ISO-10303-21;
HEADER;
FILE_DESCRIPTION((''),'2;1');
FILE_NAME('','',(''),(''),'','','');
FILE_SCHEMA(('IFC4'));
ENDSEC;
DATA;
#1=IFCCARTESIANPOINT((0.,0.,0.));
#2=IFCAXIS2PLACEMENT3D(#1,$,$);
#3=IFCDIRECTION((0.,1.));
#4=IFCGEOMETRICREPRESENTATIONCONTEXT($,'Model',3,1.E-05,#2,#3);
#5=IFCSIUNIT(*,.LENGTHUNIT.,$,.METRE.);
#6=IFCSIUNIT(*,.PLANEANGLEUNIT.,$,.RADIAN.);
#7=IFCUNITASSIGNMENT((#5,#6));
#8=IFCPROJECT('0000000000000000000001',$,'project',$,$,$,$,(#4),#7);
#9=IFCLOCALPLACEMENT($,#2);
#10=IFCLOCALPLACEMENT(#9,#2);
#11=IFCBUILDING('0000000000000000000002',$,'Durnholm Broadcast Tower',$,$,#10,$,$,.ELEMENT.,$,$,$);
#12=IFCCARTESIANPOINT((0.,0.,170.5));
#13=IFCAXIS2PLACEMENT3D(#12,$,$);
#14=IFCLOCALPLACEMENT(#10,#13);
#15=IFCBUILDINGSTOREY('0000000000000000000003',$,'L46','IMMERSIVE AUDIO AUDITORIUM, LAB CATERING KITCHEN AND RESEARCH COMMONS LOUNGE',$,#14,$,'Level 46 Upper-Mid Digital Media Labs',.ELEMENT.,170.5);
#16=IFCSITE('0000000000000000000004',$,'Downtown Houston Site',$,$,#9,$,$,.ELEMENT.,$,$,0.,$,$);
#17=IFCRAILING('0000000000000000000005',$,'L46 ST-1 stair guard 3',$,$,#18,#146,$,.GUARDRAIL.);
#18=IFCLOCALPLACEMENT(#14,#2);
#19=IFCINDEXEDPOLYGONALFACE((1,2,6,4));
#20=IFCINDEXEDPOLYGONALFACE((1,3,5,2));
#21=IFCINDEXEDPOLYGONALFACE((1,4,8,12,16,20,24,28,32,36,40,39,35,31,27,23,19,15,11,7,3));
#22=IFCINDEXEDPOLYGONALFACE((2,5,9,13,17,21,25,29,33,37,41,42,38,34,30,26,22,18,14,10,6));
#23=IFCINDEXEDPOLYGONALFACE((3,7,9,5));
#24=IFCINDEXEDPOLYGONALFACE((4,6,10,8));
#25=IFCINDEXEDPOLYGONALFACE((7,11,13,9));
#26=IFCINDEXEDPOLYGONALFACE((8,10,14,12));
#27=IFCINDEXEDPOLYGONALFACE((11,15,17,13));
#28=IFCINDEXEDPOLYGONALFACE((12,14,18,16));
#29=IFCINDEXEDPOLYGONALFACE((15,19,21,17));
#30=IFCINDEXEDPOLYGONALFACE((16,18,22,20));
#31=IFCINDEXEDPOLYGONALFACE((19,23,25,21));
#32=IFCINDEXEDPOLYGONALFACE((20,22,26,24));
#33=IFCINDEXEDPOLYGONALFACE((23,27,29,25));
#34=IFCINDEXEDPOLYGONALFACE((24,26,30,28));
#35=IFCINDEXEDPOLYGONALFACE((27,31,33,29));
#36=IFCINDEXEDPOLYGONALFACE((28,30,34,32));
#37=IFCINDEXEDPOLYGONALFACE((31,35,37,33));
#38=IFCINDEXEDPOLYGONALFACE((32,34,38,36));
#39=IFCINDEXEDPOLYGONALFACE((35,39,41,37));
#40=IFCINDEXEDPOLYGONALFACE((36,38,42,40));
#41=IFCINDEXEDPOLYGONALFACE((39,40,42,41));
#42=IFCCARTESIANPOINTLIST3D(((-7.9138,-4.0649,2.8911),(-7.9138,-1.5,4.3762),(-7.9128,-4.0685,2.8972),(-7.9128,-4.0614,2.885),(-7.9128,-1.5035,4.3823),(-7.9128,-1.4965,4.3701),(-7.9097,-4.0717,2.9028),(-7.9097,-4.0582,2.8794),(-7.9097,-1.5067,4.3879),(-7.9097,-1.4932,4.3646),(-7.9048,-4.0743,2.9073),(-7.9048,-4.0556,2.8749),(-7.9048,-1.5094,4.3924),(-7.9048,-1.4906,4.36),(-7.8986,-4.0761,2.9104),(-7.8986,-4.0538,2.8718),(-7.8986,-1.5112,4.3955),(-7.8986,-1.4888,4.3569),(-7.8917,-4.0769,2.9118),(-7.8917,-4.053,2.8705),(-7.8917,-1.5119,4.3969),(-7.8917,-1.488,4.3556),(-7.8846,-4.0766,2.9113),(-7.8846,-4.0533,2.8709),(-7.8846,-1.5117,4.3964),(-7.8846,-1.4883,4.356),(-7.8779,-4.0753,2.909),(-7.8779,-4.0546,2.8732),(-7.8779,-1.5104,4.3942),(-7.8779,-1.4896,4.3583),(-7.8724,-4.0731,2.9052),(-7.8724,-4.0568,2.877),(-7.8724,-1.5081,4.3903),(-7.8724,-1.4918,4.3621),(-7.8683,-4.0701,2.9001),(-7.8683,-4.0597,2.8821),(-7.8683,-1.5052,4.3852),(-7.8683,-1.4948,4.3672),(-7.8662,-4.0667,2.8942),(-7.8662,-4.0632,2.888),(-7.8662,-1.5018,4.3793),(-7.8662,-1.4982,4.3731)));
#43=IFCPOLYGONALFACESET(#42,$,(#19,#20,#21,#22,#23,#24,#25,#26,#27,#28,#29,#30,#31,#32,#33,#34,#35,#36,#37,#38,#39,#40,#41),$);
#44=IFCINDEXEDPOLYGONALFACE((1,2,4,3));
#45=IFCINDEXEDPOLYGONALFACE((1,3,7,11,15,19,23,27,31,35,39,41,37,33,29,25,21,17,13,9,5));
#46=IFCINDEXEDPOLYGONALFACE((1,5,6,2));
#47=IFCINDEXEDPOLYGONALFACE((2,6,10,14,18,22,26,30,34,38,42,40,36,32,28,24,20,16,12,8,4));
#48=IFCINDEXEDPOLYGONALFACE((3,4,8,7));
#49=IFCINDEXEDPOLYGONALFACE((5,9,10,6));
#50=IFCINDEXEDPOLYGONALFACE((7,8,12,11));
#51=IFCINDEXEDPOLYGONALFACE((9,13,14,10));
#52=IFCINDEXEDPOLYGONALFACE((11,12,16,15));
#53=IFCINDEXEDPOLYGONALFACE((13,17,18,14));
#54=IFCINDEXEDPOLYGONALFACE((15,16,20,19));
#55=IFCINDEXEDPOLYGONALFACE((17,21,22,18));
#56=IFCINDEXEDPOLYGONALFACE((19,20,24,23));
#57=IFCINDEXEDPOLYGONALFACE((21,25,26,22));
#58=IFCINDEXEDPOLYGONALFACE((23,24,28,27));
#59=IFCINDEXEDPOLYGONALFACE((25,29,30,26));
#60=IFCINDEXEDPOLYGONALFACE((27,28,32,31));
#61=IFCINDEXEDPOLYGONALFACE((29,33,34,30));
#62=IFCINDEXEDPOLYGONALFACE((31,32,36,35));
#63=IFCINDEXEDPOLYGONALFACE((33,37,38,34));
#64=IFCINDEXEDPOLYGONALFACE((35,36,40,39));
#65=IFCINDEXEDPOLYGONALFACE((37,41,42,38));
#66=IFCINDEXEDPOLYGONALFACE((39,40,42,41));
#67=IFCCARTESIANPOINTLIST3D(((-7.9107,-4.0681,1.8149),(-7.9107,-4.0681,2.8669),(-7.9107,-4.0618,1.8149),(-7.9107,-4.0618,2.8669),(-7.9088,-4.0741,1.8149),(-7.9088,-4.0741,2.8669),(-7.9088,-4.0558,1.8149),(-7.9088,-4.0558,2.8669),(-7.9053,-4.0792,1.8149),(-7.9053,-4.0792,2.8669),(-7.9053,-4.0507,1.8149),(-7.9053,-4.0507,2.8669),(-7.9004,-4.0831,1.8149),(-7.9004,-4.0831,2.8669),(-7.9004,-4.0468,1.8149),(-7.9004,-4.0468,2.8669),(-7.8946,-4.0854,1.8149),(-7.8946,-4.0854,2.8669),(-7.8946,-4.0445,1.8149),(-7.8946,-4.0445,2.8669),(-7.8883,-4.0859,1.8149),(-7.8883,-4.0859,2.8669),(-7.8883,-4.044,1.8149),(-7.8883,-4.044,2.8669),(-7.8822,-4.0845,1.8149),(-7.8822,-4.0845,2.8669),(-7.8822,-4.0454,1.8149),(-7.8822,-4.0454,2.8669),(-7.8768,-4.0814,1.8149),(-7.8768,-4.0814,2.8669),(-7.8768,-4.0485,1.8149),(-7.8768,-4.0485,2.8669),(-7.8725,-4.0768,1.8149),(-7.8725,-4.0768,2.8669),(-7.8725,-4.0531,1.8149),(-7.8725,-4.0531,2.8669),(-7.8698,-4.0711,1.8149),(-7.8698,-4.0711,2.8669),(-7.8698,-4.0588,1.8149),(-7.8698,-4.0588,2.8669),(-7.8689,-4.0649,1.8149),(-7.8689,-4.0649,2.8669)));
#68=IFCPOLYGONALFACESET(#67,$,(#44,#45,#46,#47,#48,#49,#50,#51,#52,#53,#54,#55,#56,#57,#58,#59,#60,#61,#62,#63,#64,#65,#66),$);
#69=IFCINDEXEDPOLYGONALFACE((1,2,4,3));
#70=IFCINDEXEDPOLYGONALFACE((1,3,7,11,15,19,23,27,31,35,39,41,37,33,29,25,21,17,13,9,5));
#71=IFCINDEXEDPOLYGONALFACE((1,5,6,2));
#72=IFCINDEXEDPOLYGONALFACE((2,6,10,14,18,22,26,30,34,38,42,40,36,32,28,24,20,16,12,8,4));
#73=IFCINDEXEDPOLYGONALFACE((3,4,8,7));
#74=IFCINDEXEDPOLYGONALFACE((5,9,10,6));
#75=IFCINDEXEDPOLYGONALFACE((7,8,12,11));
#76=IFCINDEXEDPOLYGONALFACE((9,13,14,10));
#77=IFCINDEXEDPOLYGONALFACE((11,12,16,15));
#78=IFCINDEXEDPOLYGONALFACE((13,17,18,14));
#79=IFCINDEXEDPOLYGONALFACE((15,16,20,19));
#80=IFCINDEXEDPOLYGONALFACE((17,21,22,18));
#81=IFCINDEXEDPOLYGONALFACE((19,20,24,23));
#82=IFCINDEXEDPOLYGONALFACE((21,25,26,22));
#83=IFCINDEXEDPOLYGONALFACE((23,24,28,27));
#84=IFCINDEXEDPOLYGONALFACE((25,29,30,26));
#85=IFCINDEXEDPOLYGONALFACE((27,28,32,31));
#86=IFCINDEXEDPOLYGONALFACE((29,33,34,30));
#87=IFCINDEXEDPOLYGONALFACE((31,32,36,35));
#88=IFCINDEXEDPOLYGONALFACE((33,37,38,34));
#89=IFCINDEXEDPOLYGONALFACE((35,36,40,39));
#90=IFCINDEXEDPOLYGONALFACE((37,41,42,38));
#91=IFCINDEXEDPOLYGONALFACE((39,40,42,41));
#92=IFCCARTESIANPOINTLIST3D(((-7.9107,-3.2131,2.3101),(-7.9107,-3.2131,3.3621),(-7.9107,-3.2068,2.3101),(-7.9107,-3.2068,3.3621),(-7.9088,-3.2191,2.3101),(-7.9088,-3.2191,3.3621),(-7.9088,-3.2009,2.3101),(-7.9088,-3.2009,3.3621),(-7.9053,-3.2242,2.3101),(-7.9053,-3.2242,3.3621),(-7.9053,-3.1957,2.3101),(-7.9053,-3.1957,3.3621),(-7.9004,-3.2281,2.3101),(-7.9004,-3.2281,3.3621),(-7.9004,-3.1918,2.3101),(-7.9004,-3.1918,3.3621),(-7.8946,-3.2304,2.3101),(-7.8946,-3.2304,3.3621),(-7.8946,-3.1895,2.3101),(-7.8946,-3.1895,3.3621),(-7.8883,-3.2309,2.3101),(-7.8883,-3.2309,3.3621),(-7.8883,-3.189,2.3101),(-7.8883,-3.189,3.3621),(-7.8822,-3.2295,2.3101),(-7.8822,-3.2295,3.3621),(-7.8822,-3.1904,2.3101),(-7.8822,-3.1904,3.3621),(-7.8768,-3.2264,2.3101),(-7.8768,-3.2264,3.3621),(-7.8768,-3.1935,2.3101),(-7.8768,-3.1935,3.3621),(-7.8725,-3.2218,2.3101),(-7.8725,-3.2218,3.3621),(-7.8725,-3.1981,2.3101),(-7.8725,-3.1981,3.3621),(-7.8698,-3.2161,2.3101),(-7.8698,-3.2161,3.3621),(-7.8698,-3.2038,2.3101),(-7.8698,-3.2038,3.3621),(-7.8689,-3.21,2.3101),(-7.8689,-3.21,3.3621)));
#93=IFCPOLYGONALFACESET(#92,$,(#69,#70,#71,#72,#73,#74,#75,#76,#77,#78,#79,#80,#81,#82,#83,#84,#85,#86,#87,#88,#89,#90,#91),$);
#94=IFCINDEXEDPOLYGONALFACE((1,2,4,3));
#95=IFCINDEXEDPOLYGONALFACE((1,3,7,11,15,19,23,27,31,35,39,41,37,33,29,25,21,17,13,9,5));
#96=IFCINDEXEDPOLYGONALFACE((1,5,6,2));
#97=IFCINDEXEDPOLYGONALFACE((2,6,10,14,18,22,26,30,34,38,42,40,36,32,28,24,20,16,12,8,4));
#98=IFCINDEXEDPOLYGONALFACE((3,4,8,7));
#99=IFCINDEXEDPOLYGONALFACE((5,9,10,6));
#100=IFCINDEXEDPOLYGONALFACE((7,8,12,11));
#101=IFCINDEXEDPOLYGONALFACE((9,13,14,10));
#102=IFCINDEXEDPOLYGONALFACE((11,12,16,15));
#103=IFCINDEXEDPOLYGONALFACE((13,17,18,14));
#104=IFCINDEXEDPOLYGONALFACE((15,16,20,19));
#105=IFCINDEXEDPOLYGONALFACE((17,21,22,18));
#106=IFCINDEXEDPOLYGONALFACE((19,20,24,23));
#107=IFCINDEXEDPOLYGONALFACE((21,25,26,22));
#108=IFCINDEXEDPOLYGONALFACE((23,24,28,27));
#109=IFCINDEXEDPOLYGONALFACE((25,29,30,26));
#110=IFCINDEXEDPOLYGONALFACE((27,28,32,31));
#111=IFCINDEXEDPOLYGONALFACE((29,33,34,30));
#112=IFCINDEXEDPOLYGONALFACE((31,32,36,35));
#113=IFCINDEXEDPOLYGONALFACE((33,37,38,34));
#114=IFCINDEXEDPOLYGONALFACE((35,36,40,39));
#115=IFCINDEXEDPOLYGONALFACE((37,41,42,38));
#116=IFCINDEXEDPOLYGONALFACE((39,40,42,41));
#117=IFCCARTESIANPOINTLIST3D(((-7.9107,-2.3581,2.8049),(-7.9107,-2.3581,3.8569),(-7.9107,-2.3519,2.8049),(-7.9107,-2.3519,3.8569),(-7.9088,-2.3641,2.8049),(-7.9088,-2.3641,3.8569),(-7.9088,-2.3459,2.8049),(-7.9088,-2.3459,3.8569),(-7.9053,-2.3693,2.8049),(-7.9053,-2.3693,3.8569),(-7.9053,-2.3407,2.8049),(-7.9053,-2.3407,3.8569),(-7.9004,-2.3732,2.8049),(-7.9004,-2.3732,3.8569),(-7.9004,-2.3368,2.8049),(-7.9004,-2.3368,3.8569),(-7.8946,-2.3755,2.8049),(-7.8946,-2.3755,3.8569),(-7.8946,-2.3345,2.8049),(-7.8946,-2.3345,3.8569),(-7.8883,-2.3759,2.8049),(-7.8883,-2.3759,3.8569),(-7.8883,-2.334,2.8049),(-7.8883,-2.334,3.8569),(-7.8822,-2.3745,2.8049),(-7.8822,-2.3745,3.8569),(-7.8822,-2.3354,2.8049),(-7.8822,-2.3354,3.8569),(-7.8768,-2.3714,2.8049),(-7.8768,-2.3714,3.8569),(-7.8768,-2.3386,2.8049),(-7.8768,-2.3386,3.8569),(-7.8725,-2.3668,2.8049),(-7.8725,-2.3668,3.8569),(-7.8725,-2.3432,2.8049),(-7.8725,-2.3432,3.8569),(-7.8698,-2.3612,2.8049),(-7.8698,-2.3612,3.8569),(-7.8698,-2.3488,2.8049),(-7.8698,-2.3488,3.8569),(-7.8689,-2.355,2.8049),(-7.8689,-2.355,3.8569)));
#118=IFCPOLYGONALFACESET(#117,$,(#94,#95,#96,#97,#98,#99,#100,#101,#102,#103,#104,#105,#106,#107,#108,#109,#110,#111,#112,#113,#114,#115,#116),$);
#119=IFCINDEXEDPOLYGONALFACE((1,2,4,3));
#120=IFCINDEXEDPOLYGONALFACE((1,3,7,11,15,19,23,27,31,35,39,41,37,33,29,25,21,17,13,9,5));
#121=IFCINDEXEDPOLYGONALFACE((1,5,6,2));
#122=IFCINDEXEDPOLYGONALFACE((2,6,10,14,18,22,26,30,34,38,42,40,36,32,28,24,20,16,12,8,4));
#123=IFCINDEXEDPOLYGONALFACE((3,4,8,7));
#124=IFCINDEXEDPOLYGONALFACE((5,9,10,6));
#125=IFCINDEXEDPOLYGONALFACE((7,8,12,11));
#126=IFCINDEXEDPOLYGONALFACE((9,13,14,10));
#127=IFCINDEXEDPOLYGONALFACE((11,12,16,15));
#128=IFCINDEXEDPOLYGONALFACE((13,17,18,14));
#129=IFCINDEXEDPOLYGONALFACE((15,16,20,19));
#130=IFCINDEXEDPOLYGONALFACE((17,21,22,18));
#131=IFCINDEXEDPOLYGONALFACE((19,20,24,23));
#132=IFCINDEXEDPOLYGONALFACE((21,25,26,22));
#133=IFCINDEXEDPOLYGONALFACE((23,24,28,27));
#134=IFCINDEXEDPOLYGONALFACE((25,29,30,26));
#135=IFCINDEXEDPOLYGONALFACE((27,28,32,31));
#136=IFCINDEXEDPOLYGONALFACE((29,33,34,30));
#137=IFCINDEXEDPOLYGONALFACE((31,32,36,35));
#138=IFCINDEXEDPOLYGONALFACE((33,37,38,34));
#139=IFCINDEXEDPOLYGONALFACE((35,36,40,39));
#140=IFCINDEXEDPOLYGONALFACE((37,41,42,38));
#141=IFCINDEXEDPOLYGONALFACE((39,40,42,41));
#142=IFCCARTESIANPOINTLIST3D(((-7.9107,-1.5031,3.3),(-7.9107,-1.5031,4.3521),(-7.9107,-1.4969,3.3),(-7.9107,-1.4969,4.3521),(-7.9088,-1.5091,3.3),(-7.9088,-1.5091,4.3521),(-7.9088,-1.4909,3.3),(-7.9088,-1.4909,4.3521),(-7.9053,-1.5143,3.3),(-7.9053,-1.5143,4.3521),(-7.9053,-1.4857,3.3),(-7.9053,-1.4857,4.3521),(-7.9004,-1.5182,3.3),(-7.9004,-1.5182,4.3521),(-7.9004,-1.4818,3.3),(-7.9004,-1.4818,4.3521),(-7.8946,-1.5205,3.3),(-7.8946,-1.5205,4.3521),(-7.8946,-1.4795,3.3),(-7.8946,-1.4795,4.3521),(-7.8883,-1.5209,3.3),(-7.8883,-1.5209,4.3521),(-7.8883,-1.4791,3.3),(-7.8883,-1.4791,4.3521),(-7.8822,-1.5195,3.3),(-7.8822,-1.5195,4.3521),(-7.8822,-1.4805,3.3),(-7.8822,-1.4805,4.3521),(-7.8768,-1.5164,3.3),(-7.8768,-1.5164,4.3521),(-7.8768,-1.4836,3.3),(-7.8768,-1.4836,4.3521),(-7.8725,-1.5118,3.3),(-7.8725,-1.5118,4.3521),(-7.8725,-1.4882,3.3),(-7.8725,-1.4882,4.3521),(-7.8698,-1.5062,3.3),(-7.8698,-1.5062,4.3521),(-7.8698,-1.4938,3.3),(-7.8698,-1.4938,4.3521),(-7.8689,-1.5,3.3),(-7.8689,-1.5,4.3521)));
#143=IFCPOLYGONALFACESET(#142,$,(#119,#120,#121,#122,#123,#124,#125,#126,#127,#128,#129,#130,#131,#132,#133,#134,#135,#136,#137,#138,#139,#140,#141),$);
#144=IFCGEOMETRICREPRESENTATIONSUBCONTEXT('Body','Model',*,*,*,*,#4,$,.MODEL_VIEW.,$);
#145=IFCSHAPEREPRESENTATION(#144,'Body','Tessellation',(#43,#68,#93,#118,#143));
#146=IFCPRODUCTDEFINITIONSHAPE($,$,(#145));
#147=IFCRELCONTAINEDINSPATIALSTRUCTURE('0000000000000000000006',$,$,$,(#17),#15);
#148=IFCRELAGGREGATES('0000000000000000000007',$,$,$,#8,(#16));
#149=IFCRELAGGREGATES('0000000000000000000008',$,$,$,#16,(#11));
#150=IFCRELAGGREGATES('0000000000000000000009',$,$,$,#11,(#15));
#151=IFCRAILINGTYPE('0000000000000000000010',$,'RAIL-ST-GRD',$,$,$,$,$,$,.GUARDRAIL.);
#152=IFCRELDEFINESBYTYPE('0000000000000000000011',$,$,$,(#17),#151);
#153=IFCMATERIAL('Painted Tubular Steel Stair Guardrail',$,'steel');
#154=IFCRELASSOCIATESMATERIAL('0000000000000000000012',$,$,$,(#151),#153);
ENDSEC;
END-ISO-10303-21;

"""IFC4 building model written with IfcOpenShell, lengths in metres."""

from ifc_helpers import new_model, si_unit, direction, frame, origin, origin_2d, place, context, subcontext, project, spatial, circle, extrude, material, type_object, element, save


model = new_model("IFC4")

# Units and contexts
model_context = context("Model", 3, precision=1e-05, world=origin(), true_north=direction((0.0, 1.0)))
body_context = subcontext(model_context, "Body", "Model", "MODEL_VIEW")
ifc_project = project(units=[si_unit("LENGTHUNIT", "METRE"), si_unit("PLANEANGLEUNIT", "RADIAN")], contexts=[model_context])

# Site, building, storey
site_placement = place(None, origin())
site = spatial("IfcSite", under=ifc_project, at=site_placement, Name="Downtown Houston Site", CompositionType="ELEMENT", RefElevation=0.0)
building_placement = place(site_placement, origin())
building = spatial("IfcBuilding", under=site, at=building_placement, Name="Durnholm Broadcast Tower", CompositionType="ELEMENT")
storey_placement = place(building_placement, frame((0.0, 0.0, 170.5)))
storey = spatial("IfcBuildingStorey", under=building, at=storey_placement, Name="L46", Description="IMMERSIVE AUDIO AUDITORIUM, LAB CATERING KITCHEN AND RESEARCH COMMONS LOUNGE", LongName="Level 46 Upper-Mid Digital Media Labs", CompositionType="ELEMENT", Elevation=170.5)

# Railing
ifc_material_1 = material(Name="Painted Tubular Steel Stair Guardrail", Category="steel")
railing_type_1 = type_object("IfcRailingType", Name="RAIL-ST-GRD", PredefinedType="GUARDRAIL", material=ifc_material_1)
railing_1_placement = place(storey_placement, frame((-7.8899, -4.0649, 1.8149)))
element("IfcRailing", 1, at=railing_1_placement, inside=storey, type_object=railing_type_1, Name="L46 ST-1 stair guard 3", PredefinedType="GUARDRAIL", context=body_context, shape_type="SweptSolid", body=[
    extrude(circle(Radius=0.0239, at=origin_2d()), frame((0.0, 0.0, 1.0762), z_axis=(0.0, 0.865406, 0.501072), x_axis=(-1.0, 0.0, 0.0)), (0.0, 0.0, 1.0), 2.9639),
    extrude(circle(Radius=0.021, at=origin_2d()), origin(), (0.0, 0.0, 1.0), 1.052),
    extrude(circle(Radius=0.021, at=origin_2d()), frame((0.0, 0.855, 0.4951)), (0.0, 0.0, 1.0), 1.052),
    extrude(circle(Radius=0.021, at=origin_2d()), frame((0.0, 1.71, 0.99)), (0.0, 0.0, 1.0), 1.052),
    extrude(circle(Radius=0.021, at=origin_2d()), frame((0.0, 2.5649, 1.4851)), (0.0, 0.0, 1.0), 1.052),
])

save(model, "model.ifc")
